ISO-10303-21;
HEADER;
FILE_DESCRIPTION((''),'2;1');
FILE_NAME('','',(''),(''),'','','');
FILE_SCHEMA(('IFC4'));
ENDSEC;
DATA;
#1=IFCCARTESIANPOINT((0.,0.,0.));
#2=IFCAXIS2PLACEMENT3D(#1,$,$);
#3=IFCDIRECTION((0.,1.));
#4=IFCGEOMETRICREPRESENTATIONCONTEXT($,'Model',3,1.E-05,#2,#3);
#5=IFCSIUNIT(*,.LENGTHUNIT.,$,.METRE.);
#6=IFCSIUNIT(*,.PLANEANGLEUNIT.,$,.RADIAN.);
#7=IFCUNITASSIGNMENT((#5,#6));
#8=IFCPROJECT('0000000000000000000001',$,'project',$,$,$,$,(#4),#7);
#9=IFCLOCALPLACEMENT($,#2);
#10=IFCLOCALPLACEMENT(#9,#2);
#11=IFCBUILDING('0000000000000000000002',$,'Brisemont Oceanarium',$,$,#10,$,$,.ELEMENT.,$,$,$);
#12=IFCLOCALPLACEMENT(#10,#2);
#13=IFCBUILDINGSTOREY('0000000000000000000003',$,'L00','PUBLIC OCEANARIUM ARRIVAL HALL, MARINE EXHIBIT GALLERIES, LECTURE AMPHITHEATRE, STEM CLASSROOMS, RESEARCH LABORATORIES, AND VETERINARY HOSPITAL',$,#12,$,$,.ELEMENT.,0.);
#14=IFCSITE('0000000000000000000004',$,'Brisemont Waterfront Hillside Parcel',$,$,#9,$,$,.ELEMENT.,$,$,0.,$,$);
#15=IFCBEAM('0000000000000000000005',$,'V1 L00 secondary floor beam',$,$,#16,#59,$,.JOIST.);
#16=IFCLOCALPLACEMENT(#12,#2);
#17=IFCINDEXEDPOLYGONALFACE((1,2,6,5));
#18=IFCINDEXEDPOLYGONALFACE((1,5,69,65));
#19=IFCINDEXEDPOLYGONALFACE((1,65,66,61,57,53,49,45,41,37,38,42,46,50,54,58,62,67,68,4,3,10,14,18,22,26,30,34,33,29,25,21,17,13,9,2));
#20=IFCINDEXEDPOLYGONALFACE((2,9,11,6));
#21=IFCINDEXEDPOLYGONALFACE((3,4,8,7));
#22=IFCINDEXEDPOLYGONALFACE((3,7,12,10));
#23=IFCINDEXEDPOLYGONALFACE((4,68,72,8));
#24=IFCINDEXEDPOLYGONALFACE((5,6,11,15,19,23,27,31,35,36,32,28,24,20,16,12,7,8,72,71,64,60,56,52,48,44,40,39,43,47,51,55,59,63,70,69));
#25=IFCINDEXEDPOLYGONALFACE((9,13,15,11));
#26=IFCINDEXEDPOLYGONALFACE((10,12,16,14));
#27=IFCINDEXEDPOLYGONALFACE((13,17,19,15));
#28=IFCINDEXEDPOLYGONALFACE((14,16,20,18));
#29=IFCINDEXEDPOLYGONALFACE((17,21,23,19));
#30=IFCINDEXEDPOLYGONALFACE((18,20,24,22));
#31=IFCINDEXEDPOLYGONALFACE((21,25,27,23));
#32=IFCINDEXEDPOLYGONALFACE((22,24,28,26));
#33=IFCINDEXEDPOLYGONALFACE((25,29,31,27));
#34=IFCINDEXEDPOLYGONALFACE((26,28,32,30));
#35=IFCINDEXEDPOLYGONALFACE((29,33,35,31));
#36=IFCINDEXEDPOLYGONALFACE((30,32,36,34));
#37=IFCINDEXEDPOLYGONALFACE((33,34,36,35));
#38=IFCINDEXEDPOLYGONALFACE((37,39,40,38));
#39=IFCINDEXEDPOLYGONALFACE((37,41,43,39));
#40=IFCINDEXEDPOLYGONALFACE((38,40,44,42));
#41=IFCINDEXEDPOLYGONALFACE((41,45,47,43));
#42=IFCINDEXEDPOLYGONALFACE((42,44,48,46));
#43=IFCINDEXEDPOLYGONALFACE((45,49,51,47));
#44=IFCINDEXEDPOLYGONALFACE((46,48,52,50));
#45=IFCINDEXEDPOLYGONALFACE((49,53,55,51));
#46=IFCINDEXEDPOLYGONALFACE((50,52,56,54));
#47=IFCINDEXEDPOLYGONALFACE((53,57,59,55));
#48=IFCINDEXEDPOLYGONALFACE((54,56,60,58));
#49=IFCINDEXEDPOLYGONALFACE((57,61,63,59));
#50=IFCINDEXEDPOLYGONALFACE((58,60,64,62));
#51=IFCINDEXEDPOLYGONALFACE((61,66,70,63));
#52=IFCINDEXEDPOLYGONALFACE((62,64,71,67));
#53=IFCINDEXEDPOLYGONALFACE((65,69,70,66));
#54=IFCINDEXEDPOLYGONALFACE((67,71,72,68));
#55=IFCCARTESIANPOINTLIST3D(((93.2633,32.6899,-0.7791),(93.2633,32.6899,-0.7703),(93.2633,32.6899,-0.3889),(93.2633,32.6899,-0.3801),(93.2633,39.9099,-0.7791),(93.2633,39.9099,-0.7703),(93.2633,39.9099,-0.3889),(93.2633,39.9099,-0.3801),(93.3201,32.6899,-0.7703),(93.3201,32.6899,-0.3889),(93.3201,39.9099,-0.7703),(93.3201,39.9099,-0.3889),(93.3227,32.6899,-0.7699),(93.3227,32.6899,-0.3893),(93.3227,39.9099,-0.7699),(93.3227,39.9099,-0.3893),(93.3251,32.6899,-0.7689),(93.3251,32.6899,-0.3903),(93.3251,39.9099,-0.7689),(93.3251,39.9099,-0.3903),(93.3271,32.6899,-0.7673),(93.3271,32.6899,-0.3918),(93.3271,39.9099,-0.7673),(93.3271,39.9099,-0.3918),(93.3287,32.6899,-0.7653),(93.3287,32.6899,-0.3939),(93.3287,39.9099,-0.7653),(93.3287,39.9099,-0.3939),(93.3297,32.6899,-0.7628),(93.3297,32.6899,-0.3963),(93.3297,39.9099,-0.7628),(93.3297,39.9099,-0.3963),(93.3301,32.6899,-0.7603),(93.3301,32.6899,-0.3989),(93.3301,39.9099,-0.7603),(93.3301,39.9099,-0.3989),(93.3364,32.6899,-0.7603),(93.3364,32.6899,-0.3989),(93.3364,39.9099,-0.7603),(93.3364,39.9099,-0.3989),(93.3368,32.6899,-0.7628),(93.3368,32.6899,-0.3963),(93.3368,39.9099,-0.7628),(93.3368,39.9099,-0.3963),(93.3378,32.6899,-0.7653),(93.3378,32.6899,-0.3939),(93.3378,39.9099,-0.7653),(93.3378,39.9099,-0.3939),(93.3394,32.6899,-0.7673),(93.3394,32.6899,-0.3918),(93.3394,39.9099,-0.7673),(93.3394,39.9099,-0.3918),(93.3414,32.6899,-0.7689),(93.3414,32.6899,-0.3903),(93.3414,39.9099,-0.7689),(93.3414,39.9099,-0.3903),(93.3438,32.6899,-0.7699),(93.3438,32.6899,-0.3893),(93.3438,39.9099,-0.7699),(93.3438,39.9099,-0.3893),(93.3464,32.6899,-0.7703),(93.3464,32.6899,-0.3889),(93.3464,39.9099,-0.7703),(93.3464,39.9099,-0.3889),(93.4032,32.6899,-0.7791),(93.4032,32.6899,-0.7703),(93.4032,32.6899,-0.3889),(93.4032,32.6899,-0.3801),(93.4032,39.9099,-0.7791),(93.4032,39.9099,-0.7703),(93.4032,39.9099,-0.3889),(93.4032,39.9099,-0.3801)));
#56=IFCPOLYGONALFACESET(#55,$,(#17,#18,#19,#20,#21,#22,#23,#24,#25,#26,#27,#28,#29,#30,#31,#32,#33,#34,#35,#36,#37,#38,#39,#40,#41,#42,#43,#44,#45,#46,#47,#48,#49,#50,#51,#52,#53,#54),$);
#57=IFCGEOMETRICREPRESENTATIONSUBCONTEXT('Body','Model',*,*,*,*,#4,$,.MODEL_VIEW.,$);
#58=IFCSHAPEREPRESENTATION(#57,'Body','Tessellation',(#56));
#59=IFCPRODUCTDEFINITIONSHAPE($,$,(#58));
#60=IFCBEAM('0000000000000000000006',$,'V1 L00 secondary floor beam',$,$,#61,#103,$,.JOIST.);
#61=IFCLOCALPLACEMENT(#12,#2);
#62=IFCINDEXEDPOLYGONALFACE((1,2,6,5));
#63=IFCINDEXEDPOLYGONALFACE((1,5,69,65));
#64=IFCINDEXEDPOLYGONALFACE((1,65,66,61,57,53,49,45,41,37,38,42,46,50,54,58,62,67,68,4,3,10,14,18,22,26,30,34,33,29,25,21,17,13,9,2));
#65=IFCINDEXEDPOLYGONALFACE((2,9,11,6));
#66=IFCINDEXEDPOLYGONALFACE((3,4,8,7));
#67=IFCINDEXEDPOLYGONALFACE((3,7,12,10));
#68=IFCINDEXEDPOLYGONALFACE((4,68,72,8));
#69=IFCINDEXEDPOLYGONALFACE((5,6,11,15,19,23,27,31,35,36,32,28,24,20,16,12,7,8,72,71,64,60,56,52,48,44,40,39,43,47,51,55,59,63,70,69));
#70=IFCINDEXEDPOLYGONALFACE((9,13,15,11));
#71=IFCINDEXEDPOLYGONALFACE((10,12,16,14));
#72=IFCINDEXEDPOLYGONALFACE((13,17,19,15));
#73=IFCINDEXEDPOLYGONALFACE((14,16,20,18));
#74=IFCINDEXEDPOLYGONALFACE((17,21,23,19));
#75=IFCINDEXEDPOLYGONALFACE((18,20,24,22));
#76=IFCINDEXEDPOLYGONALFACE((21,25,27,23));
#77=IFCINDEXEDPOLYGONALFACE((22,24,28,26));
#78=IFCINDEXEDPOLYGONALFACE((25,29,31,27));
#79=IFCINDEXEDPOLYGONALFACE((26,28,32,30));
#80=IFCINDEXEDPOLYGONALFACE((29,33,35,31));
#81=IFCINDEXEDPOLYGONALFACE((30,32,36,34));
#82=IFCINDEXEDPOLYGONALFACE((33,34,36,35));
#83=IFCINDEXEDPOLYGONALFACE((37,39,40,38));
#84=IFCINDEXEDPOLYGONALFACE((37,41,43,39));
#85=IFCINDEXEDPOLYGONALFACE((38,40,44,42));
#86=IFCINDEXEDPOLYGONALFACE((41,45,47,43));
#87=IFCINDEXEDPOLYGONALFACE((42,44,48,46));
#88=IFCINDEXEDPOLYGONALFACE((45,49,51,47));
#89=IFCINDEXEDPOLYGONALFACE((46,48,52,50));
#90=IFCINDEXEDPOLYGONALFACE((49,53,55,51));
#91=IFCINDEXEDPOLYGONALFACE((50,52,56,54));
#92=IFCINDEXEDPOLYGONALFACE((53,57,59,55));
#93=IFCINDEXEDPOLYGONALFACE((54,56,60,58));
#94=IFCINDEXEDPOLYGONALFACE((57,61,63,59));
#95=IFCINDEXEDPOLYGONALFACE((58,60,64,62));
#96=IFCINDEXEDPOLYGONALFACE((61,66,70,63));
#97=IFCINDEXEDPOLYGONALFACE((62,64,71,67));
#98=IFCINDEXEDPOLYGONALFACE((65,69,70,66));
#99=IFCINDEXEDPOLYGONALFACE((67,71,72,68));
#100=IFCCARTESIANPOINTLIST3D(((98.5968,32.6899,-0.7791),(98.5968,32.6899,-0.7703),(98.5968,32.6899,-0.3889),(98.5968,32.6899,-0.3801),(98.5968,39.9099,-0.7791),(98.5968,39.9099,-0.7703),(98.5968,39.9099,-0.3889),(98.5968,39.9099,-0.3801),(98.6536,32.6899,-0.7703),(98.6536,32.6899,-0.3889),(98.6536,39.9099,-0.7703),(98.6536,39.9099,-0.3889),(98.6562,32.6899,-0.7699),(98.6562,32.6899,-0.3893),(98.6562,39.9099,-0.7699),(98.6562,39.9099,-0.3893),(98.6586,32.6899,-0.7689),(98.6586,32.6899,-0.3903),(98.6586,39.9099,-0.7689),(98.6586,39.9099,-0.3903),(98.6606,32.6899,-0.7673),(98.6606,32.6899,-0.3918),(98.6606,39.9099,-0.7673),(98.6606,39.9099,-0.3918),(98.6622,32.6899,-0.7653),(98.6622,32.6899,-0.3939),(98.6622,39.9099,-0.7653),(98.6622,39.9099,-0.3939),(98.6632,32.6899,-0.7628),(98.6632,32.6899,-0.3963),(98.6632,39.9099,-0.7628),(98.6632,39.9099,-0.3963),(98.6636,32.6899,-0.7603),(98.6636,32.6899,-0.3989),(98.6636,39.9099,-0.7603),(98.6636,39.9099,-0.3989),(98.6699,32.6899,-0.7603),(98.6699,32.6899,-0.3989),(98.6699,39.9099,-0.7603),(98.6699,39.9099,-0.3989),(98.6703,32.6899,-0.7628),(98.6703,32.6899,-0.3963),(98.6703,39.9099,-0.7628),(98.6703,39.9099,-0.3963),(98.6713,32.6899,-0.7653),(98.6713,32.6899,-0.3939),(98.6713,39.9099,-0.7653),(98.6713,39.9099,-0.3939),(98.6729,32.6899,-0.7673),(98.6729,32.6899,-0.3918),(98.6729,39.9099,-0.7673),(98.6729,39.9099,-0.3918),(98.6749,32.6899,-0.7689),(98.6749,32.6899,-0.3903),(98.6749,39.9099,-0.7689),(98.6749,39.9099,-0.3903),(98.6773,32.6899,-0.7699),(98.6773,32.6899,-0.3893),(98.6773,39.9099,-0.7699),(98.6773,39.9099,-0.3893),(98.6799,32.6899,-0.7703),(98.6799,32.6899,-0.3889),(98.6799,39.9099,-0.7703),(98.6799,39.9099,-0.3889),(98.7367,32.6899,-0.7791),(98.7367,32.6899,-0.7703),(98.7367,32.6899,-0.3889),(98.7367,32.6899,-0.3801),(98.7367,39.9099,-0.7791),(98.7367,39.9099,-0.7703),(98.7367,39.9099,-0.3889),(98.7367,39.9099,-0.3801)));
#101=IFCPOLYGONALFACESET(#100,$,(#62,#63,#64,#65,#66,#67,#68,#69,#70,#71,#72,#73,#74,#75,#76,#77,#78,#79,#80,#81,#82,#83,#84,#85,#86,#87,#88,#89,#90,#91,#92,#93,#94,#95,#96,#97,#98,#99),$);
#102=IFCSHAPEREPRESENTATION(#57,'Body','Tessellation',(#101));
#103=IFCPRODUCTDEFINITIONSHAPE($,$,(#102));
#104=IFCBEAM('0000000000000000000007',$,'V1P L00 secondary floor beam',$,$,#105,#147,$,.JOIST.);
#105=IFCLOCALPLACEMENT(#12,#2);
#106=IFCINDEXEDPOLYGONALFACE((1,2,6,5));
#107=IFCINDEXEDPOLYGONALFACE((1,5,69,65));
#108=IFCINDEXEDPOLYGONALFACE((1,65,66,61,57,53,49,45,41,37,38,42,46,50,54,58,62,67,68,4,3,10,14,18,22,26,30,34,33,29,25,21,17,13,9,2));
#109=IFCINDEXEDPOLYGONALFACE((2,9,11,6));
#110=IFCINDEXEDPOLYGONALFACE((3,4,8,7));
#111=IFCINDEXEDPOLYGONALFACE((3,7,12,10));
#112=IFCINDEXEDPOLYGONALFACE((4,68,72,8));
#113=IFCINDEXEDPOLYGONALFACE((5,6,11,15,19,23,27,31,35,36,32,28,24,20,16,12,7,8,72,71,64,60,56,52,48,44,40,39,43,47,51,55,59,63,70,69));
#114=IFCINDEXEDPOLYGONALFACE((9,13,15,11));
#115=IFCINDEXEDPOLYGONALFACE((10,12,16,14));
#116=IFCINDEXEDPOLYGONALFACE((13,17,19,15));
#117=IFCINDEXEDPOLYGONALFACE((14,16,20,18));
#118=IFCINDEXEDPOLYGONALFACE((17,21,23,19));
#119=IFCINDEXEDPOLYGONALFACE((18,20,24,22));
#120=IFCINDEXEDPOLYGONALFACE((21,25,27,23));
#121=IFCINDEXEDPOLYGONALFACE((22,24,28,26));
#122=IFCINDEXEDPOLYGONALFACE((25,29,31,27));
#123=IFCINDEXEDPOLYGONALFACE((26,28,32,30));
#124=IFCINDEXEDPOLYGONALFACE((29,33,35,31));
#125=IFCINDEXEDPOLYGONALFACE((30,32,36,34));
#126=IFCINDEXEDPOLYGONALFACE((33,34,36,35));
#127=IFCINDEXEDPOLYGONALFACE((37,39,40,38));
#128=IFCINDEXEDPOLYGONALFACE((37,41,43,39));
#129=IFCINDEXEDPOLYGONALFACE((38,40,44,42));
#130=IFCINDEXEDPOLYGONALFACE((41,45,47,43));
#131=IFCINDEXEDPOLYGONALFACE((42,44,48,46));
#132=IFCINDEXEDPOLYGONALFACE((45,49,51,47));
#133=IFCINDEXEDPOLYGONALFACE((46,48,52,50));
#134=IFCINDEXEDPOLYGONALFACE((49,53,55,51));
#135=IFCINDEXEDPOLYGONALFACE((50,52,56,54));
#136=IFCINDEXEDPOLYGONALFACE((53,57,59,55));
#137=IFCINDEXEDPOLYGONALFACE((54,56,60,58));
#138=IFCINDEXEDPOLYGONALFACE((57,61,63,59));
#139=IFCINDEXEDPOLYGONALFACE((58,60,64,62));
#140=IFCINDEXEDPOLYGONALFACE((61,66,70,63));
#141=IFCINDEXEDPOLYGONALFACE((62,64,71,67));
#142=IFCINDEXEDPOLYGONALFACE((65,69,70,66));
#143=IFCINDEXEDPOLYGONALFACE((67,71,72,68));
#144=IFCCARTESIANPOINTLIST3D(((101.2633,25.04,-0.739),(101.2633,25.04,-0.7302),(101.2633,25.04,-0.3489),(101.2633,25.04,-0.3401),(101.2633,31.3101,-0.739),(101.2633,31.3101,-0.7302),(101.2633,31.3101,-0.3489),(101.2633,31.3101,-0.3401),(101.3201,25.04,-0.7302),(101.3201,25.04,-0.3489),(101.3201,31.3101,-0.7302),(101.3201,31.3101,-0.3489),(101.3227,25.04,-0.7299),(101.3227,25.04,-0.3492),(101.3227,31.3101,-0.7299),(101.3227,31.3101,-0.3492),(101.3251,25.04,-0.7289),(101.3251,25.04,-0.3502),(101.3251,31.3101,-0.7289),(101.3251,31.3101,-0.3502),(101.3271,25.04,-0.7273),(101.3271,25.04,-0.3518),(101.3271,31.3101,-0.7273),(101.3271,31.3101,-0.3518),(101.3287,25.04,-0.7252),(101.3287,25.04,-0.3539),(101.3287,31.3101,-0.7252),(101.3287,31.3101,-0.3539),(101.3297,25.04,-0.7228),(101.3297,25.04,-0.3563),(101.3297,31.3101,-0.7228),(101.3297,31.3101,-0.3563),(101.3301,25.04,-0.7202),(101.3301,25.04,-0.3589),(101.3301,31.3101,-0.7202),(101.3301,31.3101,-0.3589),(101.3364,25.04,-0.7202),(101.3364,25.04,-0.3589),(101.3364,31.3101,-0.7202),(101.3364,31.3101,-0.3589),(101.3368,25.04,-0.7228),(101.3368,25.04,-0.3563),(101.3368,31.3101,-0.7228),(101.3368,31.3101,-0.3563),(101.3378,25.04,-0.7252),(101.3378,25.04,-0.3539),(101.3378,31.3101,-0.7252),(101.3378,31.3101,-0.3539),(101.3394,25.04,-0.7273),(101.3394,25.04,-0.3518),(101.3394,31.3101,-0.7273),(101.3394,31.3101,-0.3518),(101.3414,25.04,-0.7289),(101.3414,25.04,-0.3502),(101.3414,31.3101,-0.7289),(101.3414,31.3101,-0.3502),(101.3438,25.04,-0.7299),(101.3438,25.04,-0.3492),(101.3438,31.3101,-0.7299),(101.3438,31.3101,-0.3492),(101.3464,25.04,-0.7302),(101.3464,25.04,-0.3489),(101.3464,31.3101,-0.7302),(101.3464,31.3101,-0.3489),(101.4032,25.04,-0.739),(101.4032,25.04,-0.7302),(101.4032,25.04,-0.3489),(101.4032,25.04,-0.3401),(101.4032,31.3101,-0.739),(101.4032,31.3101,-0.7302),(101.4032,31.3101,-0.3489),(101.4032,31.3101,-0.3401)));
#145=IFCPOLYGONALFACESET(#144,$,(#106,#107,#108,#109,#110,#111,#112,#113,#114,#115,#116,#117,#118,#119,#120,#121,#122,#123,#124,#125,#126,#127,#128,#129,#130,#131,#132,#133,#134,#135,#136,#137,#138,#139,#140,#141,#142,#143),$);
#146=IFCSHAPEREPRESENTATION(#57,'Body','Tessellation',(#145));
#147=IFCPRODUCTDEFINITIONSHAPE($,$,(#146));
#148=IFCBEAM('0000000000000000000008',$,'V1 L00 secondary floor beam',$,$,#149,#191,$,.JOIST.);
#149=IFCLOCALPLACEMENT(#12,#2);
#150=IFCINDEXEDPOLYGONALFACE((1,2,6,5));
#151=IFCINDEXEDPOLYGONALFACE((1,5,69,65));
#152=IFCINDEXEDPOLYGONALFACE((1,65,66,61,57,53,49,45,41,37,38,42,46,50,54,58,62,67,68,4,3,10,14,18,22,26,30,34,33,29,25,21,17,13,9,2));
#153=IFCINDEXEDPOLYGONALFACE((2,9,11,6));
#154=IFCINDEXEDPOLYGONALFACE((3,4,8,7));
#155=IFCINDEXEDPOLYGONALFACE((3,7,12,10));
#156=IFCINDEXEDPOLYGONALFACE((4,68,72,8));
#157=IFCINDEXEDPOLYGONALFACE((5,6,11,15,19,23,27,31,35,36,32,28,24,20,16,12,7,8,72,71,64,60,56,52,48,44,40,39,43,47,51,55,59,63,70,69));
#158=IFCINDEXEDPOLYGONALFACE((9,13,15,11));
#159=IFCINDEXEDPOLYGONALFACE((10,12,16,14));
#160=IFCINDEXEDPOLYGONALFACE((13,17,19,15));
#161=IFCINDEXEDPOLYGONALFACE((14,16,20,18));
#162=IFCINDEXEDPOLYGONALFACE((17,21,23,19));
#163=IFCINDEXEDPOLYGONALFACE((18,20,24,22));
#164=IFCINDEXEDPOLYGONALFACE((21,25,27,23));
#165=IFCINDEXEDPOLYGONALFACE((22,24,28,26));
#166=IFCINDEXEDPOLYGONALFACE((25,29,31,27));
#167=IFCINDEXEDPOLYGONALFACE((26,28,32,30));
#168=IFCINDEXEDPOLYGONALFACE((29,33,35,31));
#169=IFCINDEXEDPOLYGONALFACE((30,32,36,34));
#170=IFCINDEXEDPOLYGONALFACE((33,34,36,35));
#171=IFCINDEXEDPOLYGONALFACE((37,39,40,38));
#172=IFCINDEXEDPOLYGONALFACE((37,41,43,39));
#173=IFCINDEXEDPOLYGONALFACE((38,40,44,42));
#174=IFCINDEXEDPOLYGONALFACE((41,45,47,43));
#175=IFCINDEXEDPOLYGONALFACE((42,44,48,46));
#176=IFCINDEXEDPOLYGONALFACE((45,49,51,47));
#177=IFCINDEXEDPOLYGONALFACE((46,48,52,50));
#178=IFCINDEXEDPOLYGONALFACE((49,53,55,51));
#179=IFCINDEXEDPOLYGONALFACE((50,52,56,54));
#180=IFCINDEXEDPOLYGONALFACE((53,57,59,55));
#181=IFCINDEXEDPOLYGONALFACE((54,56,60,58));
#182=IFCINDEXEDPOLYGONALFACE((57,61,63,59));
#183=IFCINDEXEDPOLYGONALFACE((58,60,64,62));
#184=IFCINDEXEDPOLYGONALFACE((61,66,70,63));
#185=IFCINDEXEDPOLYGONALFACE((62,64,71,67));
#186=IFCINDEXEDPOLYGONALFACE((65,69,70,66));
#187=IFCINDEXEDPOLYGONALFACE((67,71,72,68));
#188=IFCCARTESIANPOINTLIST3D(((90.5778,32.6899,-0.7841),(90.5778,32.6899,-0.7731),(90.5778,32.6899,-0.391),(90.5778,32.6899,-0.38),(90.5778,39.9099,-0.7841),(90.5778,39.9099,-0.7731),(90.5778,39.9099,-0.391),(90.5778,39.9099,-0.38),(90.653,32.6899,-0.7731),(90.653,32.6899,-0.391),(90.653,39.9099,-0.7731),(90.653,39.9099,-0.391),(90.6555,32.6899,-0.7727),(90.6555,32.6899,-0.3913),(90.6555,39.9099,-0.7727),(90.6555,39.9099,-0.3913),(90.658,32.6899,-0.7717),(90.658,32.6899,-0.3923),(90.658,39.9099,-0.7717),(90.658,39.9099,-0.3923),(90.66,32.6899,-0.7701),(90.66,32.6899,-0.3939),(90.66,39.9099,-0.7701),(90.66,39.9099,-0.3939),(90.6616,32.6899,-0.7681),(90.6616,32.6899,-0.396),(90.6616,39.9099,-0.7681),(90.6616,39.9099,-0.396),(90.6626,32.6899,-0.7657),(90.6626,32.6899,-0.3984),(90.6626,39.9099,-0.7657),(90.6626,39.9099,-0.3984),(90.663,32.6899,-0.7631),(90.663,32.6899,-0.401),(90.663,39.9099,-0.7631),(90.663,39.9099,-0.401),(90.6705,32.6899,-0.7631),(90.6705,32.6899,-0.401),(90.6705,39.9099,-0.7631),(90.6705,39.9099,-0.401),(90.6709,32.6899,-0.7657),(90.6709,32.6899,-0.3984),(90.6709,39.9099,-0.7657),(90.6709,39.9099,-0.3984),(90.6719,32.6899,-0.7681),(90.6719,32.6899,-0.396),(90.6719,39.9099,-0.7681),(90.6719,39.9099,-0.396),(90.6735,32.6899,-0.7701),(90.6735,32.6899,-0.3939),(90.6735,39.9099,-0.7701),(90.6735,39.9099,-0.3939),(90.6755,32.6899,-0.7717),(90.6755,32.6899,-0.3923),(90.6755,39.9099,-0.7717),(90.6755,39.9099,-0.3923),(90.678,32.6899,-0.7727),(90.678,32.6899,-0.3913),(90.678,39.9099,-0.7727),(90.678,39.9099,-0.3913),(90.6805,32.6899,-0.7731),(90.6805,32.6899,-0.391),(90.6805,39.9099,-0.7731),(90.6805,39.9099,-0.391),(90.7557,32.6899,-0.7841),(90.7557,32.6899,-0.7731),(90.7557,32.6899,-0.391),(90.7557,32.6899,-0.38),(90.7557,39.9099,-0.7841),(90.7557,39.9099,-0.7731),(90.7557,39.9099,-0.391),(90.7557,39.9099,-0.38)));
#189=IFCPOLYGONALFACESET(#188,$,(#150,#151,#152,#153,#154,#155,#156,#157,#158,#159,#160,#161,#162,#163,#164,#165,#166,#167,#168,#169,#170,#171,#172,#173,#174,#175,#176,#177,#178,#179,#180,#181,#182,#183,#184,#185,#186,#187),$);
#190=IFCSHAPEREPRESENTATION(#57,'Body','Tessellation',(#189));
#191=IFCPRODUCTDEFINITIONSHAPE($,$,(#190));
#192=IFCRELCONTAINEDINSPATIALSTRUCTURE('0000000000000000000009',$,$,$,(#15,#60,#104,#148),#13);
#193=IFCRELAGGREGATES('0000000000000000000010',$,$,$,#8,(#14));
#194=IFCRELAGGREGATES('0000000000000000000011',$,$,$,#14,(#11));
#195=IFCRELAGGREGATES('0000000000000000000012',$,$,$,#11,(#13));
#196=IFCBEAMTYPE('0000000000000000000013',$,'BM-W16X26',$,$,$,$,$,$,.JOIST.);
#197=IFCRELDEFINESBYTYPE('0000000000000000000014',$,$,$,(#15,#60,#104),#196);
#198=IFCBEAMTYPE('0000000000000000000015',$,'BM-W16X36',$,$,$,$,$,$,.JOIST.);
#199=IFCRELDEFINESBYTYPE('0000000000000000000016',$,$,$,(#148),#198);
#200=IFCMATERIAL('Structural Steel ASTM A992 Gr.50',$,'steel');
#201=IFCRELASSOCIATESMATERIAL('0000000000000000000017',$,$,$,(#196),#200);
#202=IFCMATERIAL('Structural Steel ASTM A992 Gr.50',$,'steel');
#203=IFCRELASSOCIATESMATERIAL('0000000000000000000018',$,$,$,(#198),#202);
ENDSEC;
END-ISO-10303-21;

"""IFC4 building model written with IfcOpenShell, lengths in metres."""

from ifc_helpers import new_model, si_unit, direction, frame, origin, origin_2d, place, context, subcontext, project, spatial, i_section, extrude, material, material_profile, profile_set, type_object, element, save


model = new_model("IFC4")

# Units and contexts
model_context = context("Model", 3, precision=1e-05, world=origin(), true_north=direction((0.0, 1.0)))
body_context = subcontext(model_context, "Body", "Model", "MODEL_VIEW")
ifc_project = project(units=[si_unit("LENGTHUNIT", "METRE"), si_unit("PLANEANGLEUNIT", "RADIAN")], contexts=[model_context])

# Site, building, storey
site_placement = place(None, origin())
site = spatial("IfcSite", under=ifc_project, at=site_placement, Name="Brisemont Waterfront Hillside Parcel", CompositionType="ELEMENT", RefElevation=0.0)
building_placement = place(site_placement, origin())
building = spatial("IfcBuilding", under=site, at=building_placement, Name="Brisemont Oceanarium", CompositionType="ELEMENT")
storey_placement = place(building_placement, origin())
storey = spatial("IfcBuildingStorey", under=building, at=storey_placement, Name="L00", Description="PUBLIC OCEANARIUM ARRIVAL HALL, MARINE EXHIBIT GALLERIES, LECTURE AMPHITHEATRE, STEM CLASSROOMS, RESEARCH LABORATORIES, AND VETERINARY HOSPITAL", CompositionType="ELEMENT", Elevation=0.0)

# Beams
ifc_material_1 = material(Name="Structural Steel ASTM A992 Gr.50", Category="steel")
ifc_material_profile_1 = material_profile(ifc_material_1, i_section(OverallWidth=0.1399, OverallDepth=0.3989, WebThickness=0.0063, FlangeThickness=0.0088, FilletRadius=0.01, at=origin_2d()), Name="W16X26")
ifc_profile_set_1 = profile_set([ifc_material_profile_1], Name="Structural Steel ASTM A992 Gr.50")
beam_type_1 = type_object("IfcBeamType", Name="BM-W16X26", PredefinedType="JOIST", material=ifc_profile_set_1)
for number, where, z_axis, x_axis, name in (
    (1, (93.3333, 32.6899, -0.5796), (0.0, 1.0, 0.0), (-1.0, 0.0, 0.0), "V1 L00 secondary floor beam"),
    (2, (98.6667, 32.6899, -0.5796), (0.0, 1.0, 0.0), (-1.0, 0.0, 0.0), "V1 L00 secondary floor beam"),
):
    element("IfcBeam", number, at=place(storey_placement, frame(where, z_axis=z_axis, x_axis=x_axis)), inside=storey, type_object=beam_type_1, Name=name, PredefinedType="JOIST", context=body_context, shape_type="SweptSolid", body=[
        extrude(i_section(OverallWidth=0.1399, OverallDepth=0.3989, WebThickness=0.0063, FlangeThickness=0.0088, FilletRadius=0.01, at=origin_2d()), origin(), (0.0, 0.0, 1.0), 7.22),
    ])
beam_1_placement = place(storey_placement, frame((101.3333, 25.04, -0.5396), z_axis=(0.0, 1.0, 0.0), x_axis=(-1.0, 0.0, 0.0)))
element("IfcBeam", 3, at=beam_1_placement, inside=storey, type_object=beam_type_1, Name="V1P L00 secondary floor beam", PredefinedType="JOIST", context=body_context, shape_type="SweptSolid", body=[
    extrude(i_section(OverallWidth=0.1399, OverallDepth=0.3989, WebThickness=0.0063, FlangeThickness=0.0088, FilletRadius=0.01, at=origin_2d()), origin(), (0.0, 0.0, 1.0), 6.27),
])
ifc_material_2 = material(Name="Structural Steel ASTM A992 Gr.50", Category="steel")
ifc_material_profile_2 = material_profile(ifc_material_2, i_section(OverallWidth=0.178, OverallDepth=0.4041, WebThickness=0.0076, FlangeThickness=0.011, FilletRadius=0.01, at=origin_2d()), Name="W16X36")
ifc_profile_set_2 = profile_set([ifc_material_profile_2], Name="Structural Steel ASTM A992 Gr.50")
beam_type_2 = type_object("IfcBeamType", Name="BM-W16X36", PredefinedType="JOIST", material=ifc_profile_set_2)
beam_2_placement = place(storey_placement, frame((90.6667, 32.6899, -0.582), z_axis=(0.0, 1.0, 0.0), x_axis=(-1.0, 0.0, 0.0)))
element("IfcBeam", 4, at=beam_2_placement, inside=storey, type_object=beam_type_2, Name="V1 L00 secondary floor beam", PredefinedType="JOIST", context=body_context, shape_type="SweptSolid", body=[
    extrude(i_section(OverallWidth=0.178, OverallDepth=0.4041, WebThickness=0.0076, FlangeThickness=0.011, FilletRadius=0.01, at=origin_2d()), origin(), (0.0, 0.0, 1.0), 7.22),
])

save(model, "model.ifc")
